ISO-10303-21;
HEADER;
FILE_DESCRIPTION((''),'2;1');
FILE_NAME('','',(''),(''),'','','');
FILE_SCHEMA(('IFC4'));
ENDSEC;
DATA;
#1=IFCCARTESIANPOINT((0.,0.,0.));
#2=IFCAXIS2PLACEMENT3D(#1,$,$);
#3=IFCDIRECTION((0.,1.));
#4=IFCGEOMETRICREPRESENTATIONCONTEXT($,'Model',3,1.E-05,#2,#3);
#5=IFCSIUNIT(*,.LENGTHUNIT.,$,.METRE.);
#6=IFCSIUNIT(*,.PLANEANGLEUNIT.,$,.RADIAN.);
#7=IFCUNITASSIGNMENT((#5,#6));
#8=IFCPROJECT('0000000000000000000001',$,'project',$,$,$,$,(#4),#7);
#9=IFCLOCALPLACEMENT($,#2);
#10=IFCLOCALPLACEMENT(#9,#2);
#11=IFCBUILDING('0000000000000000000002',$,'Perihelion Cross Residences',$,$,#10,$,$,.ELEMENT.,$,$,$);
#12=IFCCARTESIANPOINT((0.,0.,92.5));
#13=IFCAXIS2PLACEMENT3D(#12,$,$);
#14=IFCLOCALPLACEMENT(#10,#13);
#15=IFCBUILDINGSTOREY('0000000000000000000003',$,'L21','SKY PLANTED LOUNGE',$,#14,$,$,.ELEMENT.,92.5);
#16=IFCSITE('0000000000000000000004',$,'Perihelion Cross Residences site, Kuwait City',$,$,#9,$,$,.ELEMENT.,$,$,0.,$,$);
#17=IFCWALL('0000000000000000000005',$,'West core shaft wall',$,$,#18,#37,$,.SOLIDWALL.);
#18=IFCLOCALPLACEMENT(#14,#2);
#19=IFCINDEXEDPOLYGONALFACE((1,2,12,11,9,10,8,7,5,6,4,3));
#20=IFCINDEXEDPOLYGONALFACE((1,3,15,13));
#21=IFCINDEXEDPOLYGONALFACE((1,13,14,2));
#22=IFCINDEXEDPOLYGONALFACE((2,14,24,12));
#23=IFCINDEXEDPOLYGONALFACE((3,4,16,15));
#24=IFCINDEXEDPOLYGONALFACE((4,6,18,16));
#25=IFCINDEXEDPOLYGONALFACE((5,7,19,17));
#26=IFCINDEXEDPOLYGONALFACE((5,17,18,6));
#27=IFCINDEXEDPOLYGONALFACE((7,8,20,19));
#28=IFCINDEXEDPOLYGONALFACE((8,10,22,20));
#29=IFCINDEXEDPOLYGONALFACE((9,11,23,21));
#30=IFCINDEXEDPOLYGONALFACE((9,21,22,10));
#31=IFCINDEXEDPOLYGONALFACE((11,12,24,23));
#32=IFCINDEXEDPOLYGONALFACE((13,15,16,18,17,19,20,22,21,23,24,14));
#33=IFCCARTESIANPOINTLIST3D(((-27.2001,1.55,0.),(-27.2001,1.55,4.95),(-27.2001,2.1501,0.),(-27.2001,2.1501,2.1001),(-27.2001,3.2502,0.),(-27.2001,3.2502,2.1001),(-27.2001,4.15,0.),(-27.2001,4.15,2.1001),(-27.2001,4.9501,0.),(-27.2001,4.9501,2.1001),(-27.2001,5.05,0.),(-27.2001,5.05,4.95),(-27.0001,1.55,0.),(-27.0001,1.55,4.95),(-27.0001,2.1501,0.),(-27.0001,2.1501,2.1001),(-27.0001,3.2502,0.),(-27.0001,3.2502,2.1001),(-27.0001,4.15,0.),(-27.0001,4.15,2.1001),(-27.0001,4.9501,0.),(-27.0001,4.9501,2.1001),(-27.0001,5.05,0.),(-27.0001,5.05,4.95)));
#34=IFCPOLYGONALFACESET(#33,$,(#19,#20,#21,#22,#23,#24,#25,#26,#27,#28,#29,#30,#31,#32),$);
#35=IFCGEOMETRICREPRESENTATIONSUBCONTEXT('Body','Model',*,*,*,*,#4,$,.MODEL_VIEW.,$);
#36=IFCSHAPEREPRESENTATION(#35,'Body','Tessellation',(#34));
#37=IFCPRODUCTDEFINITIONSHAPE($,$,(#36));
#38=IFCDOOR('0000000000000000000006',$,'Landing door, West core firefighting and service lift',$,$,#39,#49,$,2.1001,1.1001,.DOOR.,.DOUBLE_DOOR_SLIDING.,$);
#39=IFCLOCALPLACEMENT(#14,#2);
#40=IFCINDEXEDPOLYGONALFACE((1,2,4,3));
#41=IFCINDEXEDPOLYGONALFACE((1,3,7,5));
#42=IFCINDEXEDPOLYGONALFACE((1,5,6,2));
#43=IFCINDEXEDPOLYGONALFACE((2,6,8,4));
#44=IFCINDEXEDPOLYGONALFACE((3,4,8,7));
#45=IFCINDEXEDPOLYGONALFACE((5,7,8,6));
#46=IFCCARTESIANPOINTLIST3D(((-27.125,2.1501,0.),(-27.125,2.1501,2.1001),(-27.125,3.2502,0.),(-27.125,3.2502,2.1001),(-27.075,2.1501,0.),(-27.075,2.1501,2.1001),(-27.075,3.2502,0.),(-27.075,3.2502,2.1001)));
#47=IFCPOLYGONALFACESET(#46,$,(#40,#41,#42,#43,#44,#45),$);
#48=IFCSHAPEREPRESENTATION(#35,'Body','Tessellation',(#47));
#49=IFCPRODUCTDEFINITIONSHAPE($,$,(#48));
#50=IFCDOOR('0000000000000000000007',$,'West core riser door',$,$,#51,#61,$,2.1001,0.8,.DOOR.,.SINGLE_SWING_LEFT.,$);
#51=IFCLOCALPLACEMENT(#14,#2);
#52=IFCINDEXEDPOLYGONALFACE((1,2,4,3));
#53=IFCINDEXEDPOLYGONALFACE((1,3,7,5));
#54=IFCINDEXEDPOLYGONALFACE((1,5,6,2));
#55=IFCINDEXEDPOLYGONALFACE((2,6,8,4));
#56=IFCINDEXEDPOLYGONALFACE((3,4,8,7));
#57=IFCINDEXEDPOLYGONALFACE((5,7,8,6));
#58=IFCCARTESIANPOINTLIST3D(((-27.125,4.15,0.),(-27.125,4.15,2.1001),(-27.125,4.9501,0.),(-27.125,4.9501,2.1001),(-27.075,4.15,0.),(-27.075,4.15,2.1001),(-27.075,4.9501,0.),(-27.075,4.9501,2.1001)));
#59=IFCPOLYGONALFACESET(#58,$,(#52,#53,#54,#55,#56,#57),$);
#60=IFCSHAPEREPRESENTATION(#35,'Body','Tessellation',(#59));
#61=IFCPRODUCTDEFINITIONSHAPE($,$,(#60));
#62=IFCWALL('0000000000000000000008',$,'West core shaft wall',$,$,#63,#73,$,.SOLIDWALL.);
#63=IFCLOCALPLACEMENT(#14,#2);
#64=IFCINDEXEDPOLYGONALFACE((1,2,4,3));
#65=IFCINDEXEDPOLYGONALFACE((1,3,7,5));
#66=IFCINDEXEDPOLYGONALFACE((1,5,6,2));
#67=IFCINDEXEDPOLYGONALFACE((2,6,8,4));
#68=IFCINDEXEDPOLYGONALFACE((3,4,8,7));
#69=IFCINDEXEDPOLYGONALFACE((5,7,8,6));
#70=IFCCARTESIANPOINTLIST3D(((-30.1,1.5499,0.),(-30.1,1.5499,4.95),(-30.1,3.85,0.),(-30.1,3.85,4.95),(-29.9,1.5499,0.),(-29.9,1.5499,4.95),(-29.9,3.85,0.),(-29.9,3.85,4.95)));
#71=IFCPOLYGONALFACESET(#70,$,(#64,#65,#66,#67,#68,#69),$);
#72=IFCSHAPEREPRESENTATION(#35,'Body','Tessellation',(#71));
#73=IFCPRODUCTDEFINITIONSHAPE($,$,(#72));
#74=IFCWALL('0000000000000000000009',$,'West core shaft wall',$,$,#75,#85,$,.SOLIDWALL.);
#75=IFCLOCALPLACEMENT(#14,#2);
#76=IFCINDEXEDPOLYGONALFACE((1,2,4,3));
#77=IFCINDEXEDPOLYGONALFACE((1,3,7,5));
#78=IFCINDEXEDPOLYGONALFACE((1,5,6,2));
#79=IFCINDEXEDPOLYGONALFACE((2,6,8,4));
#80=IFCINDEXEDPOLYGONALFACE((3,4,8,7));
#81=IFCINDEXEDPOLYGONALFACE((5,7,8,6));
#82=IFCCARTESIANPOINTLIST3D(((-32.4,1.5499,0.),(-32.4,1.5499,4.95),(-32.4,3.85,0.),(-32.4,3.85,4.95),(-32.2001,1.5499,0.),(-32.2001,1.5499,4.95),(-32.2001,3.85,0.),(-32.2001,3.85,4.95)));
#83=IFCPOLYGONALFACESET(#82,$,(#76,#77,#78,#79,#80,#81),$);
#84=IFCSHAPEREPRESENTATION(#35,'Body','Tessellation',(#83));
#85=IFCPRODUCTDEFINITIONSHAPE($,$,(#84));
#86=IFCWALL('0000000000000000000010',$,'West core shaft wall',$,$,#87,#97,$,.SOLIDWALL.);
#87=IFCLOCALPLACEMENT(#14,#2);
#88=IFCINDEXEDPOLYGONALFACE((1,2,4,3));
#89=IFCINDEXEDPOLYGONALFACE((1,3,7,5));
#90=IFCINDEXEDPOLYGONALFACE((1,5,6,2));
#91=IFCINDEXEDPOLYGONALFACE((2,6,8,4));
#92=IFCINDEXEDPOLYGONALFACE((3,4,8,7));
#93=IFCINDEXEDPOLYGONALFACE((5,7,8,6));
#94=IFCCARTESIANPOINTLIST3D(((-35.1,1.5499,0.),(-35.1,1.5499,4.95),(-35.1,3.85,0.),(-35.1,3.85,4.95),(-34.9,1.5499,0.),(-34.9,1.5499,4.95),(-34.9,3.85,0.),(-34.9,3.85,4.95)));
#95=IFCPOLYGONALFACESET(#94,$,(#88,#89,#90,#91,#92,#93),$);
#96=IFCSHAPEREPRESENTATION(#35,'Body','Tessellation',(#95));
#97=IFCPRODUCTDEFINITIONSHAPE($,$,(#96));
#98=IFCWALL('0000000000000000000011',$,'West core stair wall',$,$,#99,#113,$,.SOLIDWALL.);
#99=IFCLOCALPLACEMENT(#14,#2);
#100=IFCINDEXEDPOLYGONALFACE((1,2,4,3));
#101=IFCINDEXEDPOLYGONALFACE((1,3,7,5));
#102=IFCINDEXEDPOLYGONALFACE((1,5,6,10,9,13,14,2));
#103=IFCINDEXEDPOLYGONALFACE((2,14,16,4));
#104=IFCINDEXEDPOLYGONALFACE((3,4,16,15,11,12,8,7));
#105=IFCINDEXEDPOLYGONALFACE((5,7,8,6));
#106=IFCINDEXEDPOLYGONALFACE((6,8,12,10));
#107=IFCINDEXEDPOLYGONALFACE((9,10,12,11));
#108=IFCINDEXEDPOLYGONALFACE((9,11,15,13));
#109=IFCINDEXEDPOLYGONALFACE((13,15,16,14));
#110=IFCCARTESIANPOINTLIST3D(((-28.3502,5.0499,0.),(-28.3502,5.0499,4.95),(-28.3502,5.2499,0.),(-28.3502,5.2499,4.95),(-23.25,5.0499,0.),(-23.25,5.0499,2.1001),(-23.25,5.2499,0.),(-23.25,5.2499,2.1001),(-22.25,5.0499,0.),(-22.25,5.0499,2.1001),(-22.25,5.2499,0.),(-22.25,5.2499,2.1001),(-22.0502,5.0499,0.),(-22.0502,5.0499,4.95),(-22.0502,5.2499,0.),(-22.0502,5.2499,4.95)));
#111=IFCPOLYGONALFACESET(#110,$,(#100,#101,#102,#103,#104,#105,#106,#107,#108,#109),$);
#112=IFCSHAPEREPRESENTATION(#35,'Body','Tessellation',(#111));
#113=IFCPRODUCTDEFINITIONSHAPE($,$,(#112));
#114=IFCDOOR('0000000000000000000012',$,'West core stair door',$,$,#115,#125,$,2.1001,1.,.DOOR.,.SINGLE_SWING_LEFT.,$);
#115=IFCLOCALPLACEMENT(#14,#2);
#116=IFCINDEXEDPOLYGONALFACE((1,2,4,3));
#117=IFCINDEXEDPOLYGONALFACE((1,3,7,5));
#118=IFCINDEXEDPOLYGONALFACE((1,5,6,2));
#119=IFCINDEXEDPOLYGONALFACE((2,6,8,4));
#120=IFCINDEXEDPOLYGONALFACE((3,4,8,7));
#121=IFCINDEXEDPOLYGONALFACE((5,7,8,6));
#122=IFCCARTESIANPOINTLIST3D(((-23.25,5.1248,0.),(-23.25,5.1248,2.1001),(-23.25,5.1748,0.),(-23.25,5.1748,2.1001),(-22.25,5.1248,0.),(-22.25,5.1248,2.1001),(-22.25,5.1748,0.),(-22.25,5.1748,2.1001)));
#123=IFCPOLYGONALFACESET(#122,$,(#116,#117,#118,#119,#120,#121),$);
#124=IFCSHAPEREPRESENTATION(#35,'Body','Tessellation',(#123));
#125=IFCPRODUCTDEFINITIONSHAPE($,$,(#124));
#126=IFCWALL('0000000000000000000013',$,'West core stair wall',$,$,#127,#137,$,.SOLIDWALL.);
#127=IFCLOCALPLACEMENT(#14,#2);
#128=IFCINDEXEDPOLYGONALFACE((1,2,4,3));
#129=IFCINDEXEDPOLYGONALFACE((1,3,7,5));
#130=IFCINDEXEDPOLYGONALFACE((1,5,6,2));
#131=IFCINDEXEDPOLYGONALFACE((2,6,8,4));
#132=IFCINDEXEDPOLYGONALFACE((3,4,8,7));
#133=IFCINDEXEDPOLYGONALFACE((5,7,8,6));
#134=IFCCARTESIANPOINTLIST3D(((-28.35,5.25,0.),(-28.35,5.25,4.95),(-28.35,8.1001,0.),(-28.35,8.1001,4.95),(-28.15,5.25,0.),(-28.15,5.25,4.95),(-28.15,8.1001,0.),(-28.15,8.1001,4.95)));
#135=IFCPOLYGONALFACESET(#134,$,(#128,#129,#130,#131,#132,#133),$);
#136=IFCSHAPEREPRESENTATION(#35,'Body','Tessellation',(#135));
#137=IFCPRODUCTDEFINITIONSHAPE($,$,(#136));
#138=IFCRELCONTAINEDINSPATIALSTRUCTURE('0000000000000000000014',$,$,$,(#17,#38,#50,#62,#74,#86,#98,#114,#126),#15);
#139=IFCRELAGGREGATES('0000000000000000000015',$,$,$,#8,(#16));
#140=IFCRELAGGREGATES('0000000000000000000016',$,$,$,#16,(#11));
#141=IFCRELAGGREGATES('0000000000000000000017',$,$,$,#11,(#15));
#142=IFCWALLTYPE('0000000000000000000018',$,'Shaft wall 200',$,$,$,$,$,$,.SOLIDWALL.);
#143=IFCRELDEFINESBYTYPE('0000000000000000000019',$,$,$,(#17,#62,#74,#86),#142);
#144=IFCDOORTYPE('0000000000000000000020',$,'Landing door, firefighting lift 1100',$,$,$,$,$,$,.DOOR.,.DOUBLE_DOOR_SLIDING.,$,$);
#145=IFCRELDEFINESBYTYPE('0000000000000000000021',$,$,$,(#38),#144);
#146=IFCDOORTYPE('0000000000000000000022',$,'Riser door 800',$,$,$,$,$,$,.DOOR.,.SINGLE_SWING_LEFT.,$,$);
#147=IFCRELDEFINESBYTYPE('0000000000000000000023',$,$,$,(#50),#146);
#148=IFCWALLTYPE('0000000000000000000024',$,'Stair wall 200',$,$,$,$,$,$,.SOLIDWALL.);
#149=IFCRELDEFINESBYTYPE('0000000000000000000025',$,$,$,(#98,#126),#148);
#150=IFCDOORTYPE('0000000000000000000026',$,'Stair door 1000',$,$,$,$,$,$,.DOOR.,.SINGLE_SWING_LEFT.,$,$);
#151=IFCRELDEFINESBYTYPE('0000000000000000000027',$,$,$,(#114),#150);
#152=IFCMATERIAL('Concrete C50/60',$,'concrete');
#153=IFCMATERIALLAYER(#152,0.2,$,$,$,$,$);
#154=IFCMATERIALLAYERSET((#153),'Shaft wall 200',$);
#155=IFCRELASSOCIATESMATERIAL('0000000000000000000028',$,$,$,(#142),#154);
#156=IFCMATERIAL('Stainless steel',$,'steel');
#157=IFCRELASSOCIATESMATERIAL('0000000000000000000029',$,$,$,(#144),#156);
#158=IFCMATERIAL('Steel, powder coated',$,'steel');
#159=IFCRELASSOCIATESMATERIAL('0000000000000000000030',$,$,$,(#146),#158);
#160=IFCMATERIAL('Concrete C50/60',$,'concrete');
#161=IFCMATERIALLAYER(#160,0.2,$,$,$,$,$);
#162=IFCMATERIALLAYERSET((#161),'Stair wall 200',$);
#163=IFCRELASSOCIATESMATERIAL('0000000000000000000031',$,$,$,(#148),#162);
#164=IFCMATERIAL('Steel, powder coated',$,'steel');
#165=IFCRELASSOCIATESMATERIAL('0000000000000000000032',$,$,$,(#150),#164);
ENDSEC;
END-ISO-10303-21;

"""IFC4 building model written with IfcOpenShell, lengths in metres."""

from ifc_helpers import new_model, si_unit, direction, frame, frame_2d, origin, place, context, subcontext, project, spatial, rectangle, extrude, material, layer, layer_set, type_object, element, fill, save


model = new_model("IFC4")

# Units and contexts
model_context = context("Model", 3, precision=1e-05, world=origin(), true_north=direction((0.0, 1.0)))
body_context = subcontext(model_context, "Body", "Model", "MODEL_VIEW")
ifc_project = project(units=[si_unit("LENGTHUNIT", "METRE"), si_unit("PLANEANGLEUNIT", "RADIAN")], contexts=[model_context])

# Site, building, storey
site_placement = place(None, origin())
site = spatial("IfcSite", under=ifc_project, at=site_placement, Name="Perihelion Cross Residences site, Kuwait City", CompositionType="ELEMENT", RefElevation=0.0)
building_placement = place(site_placement, origin())
building = spatial("IfcBuilding", under=site, at=building_placement, Name="Perihelion Cross Residences", CompositionType="ELEMENT")
storey_placement = place(building_placement, frame((0.0, 0.0, 92.5)))
storey = spatial("IfcBuildingStorey", under=building, at=storey_placement, Name="L21", Description="SKY PLANTED LOUNGE", CompositionType="ELEMENT", Elevation=92.5)

# Shared definitions
ifc_material_1 = material(Name="Concrete C50/60", Category="concrete")
ifc_layer_1 = layer(ifc_material_1, 0.2)
ifc_layer_set_1 = layer_set([ifc_layer_1], Name="Shaft wall 200")
wall_type_1 = type_object("IfcWallType", Name="Shaft wall 200", PredefinedType="SOLIDWALL", material=ifc_layer_set_1)

# Wall, openings, doors
wall_1_placement = place(storey_placement, frame((-27.1001, 1.55, 0.0), z_axis=(0.0, 0.0, 1.0), x_axis=(0.0, 1.0, 0.0)))
wall_1 = element("IfcWall", 1, at=wall_1_placement, inside=storey, type_object=wall_type_1, Name="West core shaft wall", PredefinedType="SOLIDWALL", context=body_context, shape_type="SweptSolid", body=[
    extrude(rectangle(XDim=3.5, YDim=0.2, at=frame_2d((1.75, 0.0))), origin(), (0.0, 0.0, 1.0), 4.95),
])
opening_1_placement = place(wall_1_placement, frame((0.6001, 0.0, 0.0)))
opening_1 = element("IfcOpeningElement", 2, at=opening_1_placement, cuts=wall_1, PredefinedType="OPENING", context=body_context, shape_type="SweptSolid", body=[
    extrude(rectangle(XDim=1.1001, YDim=2.1001, at=frame_2d((0.55, 1.05))), frame((0.0, 0.1099, 0.0), z_axis=(0.0, -1.0, 0.0), x_axis=(1.0, 0.0, 0.0)), (0.0, 0.0, 1.0), 0.22),
])
opening_2_placement = place(wall_1_placement, frame((2.6001, 0.0, 0.0)))
opening_2 = element("IfcOpeningElement", 3, at=opening_2_placement, cuts=wall_1, PredefinedType="OPENING", context=body_context, shape_type="SweptSolid", body=[
    extrude(rectangle(XDim=0.8, YDim=2.1001, at=frame_2d((0.3999, 1.05))), frame((0.0, 0.1099, 0.0), z_axis=(0.0, -1.0, 0.0), x_axis=(1.0, 0.0, 0.0)), (0.0, 0.0, 1.0), 0.22),
])
ifc_material_2 = material(Name="Stainless steel", Category="steel")
door_type_1 = type_object("IfcDoorType", Name="Landing door, firefighting lift 1100", OperationType="DOUBLE_DOOR_SLIDING", PredefinedType="DOOR", material=ifc_material_2)
door_1_placement = place(opening_1_placement, origin())
door_1 = element("IfcDoor", 4, at=door_1_placement, inside=storey, type_object=door_type_1, Name="Landing door, West core firefighting and service lift", OperationType="DOUBLE_DOOR_SLIDING", OverallHeight=2.1001, OverallWidth=1.1001, PredefinedType="DOOR", context=body_context, shape_type="SweptSolid", body=[
    extrude(rectangle(XDim=1.1001, YDim=2.1001, at=frame_2d((0.55, 1.05))), frame((0.0, 0.0249, 0.0), z_axis=(0.0, -1.0, 0.0), x_axis=(1.0, 0.0, 0.0)), (0.0, 0.0, 1.0), 0.05),
])
fill(opening_1, door_1)
ifc_material_3 = material(Name="Steel, powder coated", Category="steel")
door_type_2 = type_object("IfcDoorType", Name="Riser door 800", OperationType="SINGLE_SWING_LEFT", PredefinedType="DOOR", material=ifc_material_3)
door_2_placement = place(opening_2_placement, origin())
door_2 = element("IfcDoor", 5, at=door_2_placement, inside=storey, type_object=door_type_2, Name="West core riser door", OperationType="SINGLE_SWING_LEFT", OverallHeight=2.1001, OverallWidth=0.8, PredefinedType="DOOR", context=body_context, shape_type="SweptSolid", body=[
    extrude(rectangle(XDim=0.8, YDim=2.1001, at=frame_2d((0.3999, 1.05))), frame((0.0, 0.0249, 0.0), z_axis=(0.0, -1.0, 0.0), x_axis=(1.0, 0.0, 0.0)), (0.0, 0.0, 1.0), 0.05),
])
fill(opening_2, door_2)

# Walls
for number, where, z_axis, x_axis, name in (
    (6, (-30.0, 1.55, 0.0), (0.0, 0.0, 1.0), (0.0, 1.0, 0.0), "West core shaft wall"),
    (7, (-32.3, 1.55, 0.0), (0.0, 0.0, 1.0), (0.0, 1.0, 0.0), "West core shaft wall"),
    (8, (-35.0, 1.55, 0.0), (0.0, 0.0, 1.0), (0.0, 1.0, 0.0), "West core shaft wall"),
):
    element("IfcWall", number, at=place(storey_placement, frame(where, z_axis=z_axis, x_axis=x_axis)), inside=storey, type_object=wall_type_1, Name=name, PredefinedType="SOLIDWALL", context=body_context, shape_type="SweptSolid", body=[
        extrude(rectangle(XDim=2.3, YDim=0.2, at=frame_2d((1.1499, 0.0))), origin(), (0.0, 0.0, 1.0), 4.95),
    ])

# Wall, opening, door
ifc_material_4 = material(Name="Concrete C50/60", Category="concrete")
ifc_layer_2 = layer(ifc_material_4, 0.2)
ifc_layer_set_2 = layer_set([ifc_layer_2], Name="Stair wall 200")
wall_type_2 = type_object("IfcWallType", Name="Stair wall 200", PredefinedType="SOLIDWALL", material=ifc_layer_set_2)
wall_2_placement = place(storey_placement, frame((-28.3501, 5.1499, 0.0), z_axis=(0.0, 0.0, 1.0), x_axis=(1.0, 0.0, 0.0)))
wall_2 = element("IfcWall", 9, at=wall_2_placement, inside=storey, type_object=wall_type_2, Name="West core stair wall", PredefinedType="SOLIDWALL", context=body_context, shape_type="SweptSolid", body=[
    extrude(rectangle(XDim=6.3, YDim=0.2, at=frame_2d((3.1499, 0.0))), origin(), (0.0, 0.0, 1.0), 4.95),
])
opening_3_placement = place(wall_2_placement, frame((5.1001, 0.0, 0.0)))
opening_3 = element("IfcOpeningElement", 10, at=opening_3_placement, cuts=wall_2, PredefinedType="OPENING", context=body_context, shape_type="SweptSolid", body=[
    extrude(rectangle(XDim=1.0, YDim=2.1001, at=frame_2d((0.5, 1.05))), frame((0.0, 0.1099, 0.0), z_axis=(0.0, -1.0, 0.0), x_axis=(1.0, 0.0, 0.0)), (0.0, 0.0, 1.0), 0.22),
])
ifc_material_5 = material(Name="Steel, powder coated", Category="steel")
door_type_3 = type_object("IfcDoorType", Name="Stair door 1000", OperationType="SINGLE_SWING_LEFT", PredefinedType="DOOR", material=ifc_material_5)
door_3_placement = place(opening_3_placement, origin())
door_3 = element("IfcDoor", 11, at=door_3_placement, inside=storey, type_object=door_type_3, Name="West core stair door", OperationType="SINGLE_SWING_LEFT", OverallHeight=2.1001, OverallWidth=1.0, PredefinedType="DOOR", context=body_context, shape_type="SweptSolid", body=[
    extrude(rectangle(XDim=1.0, YDim=2.1001, at=frame_2d((0.5, 1.05))), frame((0.0, 0.0249, 0.0), z_axis=(0.0, -1.0, 0.0), x_axis=(1.0, 0.0, 0.0)), (0.0, 0.0, 1.0), 0.05),
])
fill(opening_3, door_3)

# Wall
wall_3_placement = place(storey_placement, frame((-28.25, 5.25, 0.0), z_axis=(0.0, 0.0, 1.0), x_axis=(0.0, 1.0, 0.0)))
element("IfcWall", 12, at=wall_3_placement, inside=storey, type_object=wall_type_2, Name="West core stair wall", PredefinedType="SOLIDWALL", context=body_context, shape_type="SweptSolid", body=[
    extrude(rectangle(XDim=2.8501, YDim=0.2, at=frame_2d((1.425, 0.0))), origin(), (0.0, 0.0, 1.0), 4.95),
])

save(model, "model.ifc")
